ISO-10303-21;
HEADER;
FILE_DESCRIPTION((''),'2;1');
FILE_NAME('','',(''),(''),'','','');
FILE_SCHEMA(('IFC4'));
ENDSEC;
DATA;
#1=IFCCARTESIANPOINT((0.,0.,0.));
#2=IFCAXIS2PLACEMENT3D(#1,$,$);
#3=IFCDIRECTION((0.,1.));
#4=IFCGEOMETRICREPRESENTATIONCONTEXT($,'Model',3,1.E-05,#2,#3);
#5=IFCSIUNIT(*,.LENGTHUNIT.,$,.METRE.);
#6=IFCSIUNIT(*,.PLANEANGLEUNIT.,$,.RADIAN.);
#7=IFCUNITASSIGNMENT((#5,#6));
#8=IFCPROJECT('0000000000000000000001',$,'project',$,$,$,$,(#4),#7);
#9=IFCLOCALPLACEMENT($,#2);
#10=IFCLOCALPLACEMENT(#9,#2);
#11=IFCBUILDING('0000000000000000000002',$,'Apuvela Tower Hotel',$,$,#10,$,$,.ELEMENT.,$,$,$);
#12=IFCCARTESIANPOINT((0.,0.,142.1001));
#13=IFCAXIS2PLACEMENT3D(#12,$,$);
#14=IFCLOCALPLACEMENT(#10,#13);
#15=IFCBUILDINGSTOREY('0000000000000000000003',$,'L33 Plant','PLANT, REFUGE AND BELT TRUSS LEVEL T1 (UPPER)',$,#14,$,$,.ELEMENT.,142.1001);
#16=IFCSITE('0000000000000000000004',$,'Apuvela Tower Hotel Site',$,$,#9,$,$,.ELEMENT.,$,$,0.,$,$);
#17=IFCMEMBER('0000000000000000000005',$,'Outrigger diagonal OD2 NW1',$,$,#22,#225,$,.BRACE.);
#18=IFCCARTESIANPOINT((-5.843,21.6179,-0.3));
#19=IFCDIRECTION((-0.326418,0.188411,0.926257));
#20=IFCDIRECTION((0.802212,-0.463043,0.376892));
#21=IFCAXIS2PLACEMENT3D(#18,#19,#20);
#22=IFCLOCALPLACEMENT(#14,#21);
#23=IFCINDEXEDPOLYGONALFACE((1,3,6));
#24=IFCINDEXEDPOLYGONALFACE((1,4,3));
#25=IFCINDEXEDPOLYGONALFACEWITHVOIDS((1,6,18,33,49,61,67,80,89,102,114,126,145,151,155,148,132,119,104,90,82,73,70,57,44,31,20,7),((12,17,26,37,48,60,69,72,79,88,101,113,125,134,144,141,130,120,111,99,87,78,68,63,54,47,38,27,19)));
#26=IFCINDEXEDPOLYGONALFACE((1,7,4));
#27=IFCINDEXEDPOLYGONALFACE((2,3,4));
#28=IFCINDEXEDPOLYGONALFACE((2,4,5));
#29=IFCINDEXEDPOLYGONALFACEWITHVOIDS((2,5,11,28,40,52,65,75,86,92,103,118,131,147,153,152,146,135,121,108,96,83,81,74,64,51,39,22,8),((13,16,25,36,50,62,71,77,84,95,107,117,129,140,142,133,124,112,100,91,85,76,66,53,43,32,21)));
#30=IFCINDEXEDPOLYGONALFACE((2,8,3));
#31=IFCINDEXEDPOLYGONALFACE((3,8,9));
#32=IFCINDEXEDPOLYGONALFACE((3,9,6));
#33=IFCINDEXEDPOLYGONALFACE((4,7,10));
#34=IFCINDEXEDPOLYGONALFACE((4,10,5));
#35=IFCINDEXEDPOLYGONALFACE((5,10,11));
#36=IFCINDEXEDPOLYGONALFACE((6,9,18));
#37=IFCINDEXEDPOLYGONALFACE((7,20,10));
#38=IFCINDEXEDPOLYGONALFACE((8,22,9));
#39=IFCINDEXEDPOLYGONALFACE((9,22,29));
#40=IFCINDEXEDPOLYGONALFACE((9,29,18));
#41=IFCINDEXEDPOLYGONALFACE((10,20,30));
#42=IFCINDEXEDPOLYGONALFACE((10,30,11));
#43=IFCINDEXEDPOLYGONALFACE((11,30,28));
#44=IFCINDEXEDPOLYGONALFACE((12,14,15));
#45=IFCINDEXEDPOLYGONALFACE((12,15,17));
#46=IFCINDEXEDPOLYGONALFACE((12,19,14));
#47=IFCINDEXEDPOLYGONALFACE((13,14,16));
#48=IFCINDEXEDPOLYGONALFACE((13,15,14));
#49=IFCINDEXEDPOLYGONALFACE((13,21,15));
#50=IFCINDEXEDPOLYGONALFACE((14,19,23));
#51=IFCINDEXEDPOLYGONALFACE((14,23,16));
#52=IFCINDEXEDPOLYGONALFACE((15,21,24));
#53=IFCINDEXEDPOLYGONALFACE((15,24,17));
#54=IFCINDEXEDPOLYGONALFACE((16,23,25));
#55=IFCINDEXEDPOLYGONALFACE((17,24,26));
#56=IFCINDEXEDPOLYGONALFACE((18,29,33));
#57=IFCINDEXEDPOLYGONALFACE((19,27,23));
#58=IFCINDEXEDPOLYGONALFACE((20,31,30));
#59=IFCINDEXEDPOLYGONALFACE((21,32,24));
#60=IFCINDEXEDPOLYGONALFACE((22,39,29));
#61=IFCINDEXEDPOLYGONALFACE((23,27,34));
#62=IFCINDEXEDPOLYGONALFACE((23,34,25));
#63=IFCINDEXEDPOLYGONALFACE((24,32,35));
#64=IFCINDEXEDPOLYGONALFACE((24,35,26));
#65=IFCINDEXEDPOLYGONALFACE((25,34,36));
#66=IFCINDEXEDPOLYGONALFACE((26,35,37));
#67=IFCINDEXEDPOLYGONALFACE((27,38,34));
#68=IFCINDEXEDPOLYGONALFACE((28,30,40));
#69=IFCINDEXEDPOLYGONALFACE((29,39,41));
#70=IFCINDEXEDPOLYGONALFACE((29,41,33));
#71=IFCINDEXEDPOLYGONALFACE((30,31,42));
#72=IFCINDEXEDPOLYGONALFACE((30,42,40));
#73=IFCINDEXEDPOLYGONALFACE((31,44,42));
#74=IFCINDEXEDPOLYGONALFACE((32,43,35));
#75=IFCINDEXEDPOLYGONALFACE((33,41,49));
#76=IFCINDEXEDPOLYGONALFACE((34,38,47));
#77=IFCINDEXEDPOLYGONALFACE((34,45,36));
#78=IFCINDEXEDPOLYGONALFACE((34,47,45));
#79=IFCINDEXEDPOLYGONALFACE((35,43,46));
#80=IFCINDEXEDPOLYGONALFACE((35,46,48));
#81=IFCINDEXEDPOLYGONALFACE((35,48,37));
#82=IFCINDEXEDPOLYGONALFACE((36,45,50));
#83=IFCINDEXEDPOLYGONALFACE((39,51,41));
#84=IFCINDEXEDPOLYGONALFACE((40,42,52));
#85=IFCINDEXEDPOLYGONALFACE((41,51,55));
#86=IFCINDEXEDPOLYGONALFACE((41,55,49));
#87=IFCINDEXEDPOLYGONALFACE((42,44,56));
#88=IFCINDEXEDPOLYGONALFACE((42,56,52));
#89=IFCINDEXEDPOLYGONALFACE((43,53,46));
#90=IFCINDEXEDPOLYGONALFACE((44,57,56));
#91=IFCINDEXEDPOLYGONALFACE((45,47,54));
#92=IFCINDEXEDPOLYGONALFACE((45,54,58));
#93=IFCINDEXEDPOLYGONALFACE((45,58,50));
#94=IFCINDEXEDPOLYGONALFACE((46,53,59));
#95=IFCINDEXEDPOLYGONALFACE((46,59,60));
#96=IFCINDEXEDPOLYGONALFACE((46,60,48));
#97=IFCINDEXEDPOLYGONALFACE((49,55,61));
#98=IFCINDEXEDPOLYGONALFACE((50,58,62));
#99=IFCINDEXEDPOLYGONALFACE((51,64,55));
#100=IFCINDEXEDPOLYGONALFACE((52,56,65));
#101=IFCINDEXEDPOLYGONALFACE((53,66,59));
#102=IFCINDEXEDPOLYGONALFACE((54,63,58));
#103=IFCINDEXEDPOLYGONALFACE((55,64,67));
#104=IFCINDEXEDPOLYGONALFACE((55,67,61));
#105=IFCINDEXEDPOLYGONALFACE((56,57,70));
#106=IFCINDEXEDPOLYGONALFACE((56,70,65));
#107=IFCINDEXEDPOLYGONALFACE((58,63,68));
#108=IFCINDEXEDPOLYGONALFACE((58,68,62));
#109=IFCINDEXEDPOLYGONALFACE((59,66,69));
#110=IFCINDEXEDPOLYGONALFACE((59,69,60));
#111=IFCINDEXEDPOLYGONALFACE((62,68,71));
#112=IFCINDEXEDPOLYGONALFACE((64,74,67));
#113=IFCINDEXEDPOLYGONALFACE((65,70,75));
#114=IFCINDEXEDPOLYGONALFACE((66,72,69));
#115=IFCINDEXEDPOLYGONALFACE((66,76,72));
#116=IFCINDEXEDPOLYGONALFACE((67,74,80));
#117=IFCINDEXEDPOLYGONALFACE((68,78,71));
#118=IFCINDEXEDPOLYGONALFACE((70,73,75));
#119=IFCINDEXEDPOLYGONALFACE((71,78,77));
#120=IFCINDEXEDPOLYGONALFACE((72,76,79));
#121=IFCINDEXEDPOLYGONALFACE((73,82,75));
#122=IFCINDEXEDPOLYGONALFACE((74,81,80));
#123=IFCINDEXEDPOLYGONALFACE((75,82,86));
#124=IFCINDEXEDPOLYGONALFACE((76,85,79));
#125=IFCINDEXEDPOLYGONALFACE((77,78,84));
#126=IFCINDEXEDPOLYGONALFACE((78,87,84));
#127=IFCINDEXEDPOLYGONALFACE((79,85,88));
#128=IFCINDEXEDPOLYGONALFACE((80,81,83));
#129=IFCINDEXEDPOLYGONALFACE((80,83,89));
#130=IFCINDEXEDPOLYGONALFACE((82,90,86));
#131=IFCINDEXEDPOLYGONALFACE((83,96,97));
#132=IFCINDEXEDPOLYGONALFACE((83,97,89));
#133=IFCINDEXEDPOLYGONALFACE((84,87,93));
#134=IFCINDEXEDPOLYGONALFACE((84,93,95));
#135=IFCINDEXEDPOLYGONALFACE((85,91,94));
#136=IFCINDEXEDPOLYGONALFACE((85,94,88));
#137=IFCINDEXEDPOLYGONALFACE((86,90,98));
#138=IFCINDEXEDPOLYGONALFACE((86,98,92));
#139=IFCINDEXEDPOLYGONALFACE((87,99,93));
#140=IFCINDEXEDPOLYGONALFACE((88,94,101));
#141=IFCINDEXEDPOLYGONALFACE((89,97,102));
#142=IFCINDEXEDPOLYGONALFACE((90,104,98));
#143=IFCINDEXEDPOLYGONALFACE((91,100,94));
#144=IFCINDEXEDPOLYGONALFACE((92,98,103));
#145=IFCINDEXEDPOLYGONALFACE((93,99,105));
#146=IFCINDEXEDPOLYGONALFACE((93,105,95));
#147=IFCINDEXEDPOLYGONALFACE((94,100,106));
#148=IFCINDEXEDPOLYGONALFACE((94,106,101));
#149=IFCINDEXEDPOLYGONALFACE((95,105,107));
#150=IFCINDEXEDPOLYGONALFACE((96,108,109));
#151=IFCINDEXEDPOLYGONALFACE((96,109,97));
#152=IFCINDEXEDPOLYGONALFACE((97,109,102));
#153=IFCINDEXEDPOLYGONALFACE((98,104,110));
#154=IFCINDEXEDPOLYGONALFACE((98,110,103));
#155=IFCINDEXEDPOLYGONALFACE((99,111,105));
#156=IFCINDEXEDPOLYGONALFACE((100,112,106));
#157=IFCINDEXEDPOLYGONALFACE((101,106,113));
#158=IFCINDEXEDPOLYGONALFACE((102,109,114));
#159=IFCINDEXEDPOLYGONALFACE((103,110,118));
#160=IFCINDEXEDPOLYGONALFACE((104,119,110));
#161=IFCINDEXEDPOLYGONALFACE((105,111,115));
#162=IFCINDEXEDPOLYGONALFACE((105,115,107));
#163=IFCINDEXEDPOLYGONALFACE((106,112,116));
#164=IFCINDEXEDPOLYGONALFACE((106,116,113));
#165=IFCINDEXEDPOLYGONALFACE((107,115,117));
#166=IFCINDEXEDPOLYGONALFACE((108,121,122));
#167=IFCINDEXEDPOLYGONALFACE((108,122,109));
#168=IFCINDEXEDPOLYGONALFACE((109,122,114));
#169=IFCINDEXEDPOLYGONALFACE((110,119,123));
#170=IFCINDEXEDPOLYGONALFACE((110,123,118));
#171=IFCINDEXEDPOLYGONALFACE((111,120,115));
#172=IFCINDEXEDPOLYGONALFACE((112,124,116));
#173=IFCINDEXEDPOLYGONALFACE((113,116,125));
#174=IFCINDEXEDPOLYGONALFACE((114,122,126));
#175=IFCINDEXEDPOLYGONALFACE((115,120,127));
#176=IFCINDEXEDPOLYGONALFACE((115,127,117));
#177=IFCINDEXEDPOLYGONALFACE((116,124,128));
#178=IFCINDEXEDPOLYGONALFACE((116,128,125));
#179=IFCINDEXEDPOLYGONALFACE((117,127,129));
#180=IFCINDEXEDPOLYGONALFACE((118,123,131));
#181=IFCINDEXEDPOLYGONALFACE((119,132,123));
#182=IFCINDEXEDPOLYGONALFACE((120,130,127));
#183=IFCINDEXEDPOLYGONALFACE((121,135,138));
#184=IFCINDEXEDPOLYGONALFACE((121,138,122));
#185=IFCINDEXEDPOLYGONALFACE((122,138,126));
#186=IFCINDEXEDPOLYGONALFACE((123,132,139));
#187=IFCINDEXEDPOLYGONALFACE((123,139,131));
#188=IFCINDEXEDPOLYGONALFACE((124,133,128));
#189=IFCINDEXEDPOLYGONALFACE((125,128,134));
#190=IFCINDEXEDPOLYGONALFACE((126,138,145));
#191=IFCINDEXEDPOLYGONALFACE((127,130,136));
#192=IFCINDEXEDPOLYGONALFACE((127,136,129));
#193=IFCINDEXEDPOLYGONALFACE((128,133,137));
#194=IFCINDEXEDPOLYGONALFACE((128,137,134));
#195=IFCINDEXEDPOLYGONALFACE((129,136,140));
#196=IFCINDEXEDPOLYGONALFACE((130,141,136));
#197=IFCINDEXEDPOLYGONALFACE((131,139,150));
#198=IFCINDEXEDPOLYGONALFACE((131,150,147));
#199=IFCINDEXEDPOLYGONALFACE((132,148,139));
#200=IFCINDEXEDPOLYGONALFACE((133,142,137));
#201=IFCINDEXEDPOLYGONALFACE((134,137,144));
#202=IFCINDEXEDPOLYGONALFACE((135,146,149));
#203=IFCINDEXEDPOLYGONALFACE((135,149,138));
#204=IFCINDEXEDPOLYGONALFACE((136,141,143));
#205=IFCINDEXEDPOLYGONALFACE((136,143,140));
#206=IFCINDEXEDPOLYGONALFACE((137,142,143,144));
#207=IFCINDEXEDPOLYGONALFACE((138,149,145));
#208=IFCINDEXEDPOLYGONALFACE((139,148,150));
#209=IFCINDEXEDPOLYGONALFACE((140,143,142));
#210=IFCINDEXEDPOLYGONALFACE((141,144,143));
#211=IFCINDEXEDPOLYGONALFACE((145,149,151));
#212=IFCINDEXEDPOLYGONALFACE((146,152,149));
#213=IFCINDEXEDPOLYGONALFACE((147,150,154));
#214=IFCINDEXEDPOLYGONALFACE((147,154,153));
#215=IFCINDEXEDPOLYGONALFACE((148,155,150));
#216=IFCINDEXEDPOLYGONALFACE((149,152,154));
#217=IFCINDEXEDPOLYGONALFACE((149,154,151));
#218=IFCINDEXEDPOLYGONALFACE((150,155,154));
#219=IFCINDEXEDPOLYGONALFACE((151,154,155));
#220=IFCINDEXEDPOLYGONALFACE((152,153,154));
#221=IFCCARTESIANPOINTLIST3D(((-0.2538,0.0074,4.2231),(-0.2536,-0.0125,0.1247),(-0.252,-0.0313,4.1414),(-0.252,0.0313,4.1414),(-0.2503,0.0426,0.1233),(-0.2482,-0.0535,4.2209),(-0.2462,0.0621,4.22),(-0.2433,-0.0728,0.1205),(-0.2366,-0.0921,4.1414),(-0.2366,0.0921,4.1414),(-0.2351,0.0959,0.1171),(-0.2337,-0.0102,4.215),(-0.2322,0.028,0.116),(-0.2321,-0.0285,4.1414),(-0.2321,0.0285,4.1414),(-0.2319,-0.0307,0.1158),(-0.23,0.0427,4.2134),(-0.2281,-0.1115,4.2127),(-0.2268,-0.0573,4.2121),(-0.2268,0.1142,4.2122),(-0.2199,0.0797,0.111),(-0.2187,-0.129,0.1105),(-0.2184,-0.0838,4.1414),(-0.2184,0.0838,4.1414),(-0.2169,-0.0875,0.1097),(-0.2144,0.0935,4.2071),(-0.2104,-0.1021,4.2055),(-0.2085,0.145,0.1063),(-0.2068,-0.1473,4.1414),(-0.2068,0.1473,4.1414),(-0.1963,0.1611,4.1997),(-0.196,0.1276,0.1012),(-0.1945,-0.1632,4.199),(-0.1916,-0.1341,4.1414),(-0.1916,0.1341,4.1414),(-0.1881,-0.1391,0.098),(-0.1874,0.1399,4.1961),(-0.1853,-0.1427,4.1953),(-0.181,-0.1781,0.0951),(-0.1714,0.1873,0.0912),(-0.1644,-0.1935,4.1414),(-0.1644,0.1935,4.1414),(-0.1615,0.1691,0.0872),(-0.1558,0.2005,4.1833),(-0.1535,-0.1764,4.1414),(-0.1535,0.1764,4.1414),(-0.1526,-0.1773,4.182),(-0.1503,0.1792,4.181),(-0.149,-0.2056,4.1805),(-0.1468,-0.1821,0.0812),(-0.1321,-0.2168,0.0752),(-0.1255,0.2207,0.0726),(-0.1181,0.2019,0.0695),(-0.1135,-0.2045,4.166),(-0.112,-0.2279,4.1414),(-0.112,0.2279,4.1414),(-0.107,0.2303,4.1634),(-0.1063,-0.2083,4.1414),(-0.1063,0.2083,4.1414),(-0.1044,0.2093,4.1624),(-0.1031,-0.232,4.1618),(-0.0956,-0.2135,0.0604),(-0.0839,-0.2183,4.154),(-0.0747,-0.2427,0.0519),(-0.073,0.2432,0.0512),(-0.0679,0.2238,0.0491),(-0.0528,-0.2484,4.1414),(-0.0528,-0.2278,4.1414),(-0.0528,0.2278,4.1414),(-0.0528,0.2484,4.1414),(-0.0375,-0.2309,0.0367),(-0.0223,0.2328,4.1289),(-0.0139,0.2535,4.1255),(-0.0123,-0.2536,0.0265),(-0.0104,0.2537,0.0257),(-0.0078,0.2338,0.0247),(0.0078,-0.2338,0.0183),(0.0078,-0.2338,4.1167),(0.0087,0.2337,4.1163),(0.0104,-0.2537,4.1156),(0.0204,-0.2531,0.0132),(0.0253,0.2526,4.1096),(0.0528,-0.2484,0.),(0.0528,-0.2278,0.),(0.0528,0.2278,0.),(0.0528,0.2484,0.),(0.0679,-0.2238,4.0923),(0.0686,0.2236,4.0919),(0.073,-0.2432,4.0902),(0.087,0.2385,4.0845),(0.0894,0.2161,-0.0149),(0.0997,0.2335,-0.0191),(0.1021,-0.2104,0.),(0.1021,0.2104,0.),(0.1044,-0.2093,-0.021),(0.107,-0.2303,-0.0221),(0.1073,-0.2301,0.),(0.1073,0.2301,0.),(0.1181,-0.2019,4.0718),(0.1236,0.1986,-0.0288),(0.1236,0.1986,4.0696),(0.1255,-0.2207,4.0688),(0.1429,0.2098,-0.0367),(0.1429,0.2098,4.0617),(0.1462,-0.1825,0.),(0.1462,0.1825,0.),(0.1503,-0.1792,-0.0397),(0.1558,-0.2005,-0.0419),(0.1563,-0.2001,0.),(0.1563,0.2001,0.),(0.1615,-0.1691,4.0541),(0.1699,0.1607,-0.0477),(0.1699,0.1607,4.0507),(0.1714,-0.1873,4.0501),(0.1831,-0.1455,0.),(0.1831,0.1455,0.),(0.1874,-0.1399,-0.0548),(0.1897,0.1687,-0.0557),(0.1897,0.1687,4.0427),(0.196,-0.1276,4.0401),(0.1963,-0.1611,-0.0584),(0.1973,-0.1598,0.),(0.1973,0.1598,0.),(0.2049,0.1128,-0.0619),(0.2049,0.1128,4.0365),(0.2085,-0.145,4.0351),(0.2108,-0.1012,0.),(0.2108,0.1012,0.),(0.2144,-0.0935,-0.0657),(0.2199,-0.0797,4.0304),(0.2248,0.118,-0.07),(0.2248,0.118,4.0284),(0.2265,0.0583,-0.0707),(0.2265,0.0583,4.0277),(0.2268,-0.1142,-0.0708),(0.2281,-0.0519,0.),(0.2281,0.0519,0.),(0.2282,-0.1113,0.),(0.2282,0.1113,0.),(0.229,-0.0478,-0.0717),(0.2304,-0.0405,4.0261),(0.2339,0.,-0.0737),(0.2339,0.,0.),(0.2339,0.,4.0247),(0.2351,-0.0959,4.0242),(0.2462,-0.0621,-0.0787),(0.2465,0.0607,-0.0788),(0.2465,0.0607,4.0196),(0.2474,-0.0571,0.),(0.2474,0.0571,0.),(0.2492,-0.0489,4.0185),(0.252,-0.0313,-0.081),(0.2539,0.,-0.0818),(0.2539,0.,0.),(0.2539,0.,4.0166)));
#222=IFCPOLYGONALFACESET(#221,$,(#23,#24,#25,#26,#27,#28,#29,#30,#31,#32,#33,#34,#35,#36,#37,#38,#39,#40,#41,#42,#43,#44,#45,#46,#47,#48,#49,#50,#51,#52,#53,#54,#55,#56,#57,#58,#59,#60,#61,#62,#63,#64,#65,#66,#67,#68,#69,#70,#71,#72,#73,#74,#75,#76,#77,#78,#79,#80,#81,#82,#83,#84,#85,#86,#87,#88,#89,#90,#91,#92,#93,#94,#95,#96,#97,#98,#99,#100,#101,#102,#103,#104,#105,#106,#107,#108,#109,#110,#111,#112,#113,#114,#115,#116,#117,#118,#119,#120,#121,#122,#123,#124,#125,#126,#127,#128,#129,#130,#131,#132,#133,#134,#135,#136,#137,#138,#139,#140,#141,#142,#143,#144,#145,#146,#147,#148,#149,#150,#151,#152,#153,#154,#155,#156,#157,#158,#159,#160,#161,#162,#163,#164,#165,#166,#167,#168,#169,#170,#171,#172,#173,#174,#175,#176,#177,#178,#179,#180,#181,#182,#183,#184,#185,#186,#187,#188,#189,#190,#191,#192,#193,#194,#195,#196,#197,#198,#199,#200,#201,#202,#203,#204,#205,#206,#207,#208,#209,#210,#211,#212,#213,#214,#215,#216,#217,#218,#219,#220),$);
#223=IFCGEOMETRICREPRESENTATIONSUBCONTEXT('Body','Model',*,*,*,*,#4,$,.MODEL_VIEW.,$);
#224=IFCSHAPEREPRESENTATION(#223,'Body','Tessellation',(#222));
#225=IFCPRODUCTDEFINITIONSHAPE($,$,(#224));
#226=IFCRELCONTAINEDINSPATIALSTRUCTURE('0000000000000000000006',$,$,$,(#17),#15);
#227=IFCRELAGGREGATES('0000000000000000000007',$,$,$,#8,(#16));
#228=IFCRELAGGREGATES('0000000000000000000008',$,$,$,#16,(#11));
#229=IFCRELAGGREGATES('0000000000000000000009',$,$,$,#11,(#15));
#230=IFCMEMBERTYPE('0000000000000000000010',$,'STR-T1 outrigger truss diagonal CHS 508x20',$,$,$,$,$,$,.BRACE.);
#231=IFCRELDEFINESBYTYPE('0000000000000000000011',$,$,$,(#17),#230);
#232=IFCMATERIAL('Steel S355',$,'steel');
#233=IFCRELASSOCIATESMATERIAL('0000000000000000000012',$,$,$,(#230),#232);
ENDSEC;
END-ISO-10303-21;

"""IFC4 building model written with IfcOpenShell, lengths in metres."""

from ifc_helpers import new_model, si_unit, direction, frame, origin, origin_2d, place, context, subcontext, project, spatial, hollow_circle, extrude, boolean, halfspace, material, material_profile, profile_set, type_object, element, save


model = new_model("IFC4")

# Units and contexts
model_context = context("Model", 3, precision=1e-05, world=origin(), true_north=direction((0.0, 1.0)))
body_context = subcontext(model_context, "Body", "Model", "MODEL_VIEW")
ifc_project = project(units=[si_unit("LENGTHUNIT", "METRE"), si_unit("PLANEANGLEUNIT", "RADIAN")], contexts=[model_context])

# Site, building, storey
site_placement = place(None, origin())
site = spatial("IfcSite", under=ifc_project, at=site_placement, Name="Apuvela Tower Hotel Site", CompositionType="ELEMENT", RefElevation=0.0)
building_placement = place(site_placement, origin())
building = spatial("IfcBuilding", under=site, at=building_placement, Name="Apuvela Tower Hotel", CompositionType="ELEMENT")
storey_placement = place(building_placement, frame((0.0, 0.0, 142.1001)))
storey = spatial("IfcBuildingStorey", under=building, at=storey_placement, Name="L33 Plant", Description="PLANT, REFUGE AND BELT TRUSS LEVEL T1 (UPPER)", CompositionType="ELEMENT", Elevation=142.1001)

# Shared definitions
ifc_material_1 = material(Name="Steel S355", Category="steel")

# Member
ifc_material_profile_1 = material_profile(ifc_material_1, hollow_circle(Radius=0.2539, WallThickness=0.02, at=origin_2d()), Name="CHS 508x20")
ifc_profile_set_1 = profile_set([ifc_material_profile_1], Name="Steel S355")
member_type = type_object("IfcMemberType", Name="STR-T1 outrigger truss diagonal CHS 508x20", PredefinedType="BRACE", material=ifc_profile_set_1)
member_placement = place(storey_placement, frame((-5.843, 21.6179, -0.3), z_axis=(-0.326418, 0.188411, 0.926257), x_axis=(0.802212, -0.463043, 0.376892)))
solid = boolean("DIFFERENCE", boolean("DIFFERENCE", extrude(hollow_circle(Radius=0.2539, WallThickness=0.02, at=origin_2d()), frame((0.0, 0.0, -0.2234)), (0.0, 0.0, 1.0), 4.5879), halfspace(frame((0.0, 0.0, 0.0215), z_axis=(0.376892, 0.0, 0.926257), x_axis=(0.926257, 0.0, -0.376892)), True)), halfspace(frame((0.0, 0.0, 4.1199), z_axis=(0.376892, 0.0, 0.926257), x_axis=(0.926257, 0.0, -0.376892)), False))
element("IfcMember", 1, at=member_placement, inside=storey, type_object=member_type, Name="Outrigger diagonal OD2 NW1", PredefinedType="BRACE", context=body_context, shape_type="SweptSolid", body=[
    boolean("UNION", boolean("DIFFERENCE", boolean("DIFFERENCE", extrude(hollow_circle(Radius=0.2539, WallThickness=0.02, at=origin_2d()), origin(), (0.0, 0.0, 1.0), 4.1414), halfspace(frame((0.0, 0.0, 0.0215), z_axis=(0.376892, 0.0, 0.926257), x_axis=(0.926257, 0.0, -0.376892)), True)), halfspace(frame((0.0, 0.0, 4.1199), z_axis=(0.376892, 0.0, 0.926257), x_axis=(0.926257, 0.0, -0.376892)), False)), solid),
])

save(model, "model.ifc")
